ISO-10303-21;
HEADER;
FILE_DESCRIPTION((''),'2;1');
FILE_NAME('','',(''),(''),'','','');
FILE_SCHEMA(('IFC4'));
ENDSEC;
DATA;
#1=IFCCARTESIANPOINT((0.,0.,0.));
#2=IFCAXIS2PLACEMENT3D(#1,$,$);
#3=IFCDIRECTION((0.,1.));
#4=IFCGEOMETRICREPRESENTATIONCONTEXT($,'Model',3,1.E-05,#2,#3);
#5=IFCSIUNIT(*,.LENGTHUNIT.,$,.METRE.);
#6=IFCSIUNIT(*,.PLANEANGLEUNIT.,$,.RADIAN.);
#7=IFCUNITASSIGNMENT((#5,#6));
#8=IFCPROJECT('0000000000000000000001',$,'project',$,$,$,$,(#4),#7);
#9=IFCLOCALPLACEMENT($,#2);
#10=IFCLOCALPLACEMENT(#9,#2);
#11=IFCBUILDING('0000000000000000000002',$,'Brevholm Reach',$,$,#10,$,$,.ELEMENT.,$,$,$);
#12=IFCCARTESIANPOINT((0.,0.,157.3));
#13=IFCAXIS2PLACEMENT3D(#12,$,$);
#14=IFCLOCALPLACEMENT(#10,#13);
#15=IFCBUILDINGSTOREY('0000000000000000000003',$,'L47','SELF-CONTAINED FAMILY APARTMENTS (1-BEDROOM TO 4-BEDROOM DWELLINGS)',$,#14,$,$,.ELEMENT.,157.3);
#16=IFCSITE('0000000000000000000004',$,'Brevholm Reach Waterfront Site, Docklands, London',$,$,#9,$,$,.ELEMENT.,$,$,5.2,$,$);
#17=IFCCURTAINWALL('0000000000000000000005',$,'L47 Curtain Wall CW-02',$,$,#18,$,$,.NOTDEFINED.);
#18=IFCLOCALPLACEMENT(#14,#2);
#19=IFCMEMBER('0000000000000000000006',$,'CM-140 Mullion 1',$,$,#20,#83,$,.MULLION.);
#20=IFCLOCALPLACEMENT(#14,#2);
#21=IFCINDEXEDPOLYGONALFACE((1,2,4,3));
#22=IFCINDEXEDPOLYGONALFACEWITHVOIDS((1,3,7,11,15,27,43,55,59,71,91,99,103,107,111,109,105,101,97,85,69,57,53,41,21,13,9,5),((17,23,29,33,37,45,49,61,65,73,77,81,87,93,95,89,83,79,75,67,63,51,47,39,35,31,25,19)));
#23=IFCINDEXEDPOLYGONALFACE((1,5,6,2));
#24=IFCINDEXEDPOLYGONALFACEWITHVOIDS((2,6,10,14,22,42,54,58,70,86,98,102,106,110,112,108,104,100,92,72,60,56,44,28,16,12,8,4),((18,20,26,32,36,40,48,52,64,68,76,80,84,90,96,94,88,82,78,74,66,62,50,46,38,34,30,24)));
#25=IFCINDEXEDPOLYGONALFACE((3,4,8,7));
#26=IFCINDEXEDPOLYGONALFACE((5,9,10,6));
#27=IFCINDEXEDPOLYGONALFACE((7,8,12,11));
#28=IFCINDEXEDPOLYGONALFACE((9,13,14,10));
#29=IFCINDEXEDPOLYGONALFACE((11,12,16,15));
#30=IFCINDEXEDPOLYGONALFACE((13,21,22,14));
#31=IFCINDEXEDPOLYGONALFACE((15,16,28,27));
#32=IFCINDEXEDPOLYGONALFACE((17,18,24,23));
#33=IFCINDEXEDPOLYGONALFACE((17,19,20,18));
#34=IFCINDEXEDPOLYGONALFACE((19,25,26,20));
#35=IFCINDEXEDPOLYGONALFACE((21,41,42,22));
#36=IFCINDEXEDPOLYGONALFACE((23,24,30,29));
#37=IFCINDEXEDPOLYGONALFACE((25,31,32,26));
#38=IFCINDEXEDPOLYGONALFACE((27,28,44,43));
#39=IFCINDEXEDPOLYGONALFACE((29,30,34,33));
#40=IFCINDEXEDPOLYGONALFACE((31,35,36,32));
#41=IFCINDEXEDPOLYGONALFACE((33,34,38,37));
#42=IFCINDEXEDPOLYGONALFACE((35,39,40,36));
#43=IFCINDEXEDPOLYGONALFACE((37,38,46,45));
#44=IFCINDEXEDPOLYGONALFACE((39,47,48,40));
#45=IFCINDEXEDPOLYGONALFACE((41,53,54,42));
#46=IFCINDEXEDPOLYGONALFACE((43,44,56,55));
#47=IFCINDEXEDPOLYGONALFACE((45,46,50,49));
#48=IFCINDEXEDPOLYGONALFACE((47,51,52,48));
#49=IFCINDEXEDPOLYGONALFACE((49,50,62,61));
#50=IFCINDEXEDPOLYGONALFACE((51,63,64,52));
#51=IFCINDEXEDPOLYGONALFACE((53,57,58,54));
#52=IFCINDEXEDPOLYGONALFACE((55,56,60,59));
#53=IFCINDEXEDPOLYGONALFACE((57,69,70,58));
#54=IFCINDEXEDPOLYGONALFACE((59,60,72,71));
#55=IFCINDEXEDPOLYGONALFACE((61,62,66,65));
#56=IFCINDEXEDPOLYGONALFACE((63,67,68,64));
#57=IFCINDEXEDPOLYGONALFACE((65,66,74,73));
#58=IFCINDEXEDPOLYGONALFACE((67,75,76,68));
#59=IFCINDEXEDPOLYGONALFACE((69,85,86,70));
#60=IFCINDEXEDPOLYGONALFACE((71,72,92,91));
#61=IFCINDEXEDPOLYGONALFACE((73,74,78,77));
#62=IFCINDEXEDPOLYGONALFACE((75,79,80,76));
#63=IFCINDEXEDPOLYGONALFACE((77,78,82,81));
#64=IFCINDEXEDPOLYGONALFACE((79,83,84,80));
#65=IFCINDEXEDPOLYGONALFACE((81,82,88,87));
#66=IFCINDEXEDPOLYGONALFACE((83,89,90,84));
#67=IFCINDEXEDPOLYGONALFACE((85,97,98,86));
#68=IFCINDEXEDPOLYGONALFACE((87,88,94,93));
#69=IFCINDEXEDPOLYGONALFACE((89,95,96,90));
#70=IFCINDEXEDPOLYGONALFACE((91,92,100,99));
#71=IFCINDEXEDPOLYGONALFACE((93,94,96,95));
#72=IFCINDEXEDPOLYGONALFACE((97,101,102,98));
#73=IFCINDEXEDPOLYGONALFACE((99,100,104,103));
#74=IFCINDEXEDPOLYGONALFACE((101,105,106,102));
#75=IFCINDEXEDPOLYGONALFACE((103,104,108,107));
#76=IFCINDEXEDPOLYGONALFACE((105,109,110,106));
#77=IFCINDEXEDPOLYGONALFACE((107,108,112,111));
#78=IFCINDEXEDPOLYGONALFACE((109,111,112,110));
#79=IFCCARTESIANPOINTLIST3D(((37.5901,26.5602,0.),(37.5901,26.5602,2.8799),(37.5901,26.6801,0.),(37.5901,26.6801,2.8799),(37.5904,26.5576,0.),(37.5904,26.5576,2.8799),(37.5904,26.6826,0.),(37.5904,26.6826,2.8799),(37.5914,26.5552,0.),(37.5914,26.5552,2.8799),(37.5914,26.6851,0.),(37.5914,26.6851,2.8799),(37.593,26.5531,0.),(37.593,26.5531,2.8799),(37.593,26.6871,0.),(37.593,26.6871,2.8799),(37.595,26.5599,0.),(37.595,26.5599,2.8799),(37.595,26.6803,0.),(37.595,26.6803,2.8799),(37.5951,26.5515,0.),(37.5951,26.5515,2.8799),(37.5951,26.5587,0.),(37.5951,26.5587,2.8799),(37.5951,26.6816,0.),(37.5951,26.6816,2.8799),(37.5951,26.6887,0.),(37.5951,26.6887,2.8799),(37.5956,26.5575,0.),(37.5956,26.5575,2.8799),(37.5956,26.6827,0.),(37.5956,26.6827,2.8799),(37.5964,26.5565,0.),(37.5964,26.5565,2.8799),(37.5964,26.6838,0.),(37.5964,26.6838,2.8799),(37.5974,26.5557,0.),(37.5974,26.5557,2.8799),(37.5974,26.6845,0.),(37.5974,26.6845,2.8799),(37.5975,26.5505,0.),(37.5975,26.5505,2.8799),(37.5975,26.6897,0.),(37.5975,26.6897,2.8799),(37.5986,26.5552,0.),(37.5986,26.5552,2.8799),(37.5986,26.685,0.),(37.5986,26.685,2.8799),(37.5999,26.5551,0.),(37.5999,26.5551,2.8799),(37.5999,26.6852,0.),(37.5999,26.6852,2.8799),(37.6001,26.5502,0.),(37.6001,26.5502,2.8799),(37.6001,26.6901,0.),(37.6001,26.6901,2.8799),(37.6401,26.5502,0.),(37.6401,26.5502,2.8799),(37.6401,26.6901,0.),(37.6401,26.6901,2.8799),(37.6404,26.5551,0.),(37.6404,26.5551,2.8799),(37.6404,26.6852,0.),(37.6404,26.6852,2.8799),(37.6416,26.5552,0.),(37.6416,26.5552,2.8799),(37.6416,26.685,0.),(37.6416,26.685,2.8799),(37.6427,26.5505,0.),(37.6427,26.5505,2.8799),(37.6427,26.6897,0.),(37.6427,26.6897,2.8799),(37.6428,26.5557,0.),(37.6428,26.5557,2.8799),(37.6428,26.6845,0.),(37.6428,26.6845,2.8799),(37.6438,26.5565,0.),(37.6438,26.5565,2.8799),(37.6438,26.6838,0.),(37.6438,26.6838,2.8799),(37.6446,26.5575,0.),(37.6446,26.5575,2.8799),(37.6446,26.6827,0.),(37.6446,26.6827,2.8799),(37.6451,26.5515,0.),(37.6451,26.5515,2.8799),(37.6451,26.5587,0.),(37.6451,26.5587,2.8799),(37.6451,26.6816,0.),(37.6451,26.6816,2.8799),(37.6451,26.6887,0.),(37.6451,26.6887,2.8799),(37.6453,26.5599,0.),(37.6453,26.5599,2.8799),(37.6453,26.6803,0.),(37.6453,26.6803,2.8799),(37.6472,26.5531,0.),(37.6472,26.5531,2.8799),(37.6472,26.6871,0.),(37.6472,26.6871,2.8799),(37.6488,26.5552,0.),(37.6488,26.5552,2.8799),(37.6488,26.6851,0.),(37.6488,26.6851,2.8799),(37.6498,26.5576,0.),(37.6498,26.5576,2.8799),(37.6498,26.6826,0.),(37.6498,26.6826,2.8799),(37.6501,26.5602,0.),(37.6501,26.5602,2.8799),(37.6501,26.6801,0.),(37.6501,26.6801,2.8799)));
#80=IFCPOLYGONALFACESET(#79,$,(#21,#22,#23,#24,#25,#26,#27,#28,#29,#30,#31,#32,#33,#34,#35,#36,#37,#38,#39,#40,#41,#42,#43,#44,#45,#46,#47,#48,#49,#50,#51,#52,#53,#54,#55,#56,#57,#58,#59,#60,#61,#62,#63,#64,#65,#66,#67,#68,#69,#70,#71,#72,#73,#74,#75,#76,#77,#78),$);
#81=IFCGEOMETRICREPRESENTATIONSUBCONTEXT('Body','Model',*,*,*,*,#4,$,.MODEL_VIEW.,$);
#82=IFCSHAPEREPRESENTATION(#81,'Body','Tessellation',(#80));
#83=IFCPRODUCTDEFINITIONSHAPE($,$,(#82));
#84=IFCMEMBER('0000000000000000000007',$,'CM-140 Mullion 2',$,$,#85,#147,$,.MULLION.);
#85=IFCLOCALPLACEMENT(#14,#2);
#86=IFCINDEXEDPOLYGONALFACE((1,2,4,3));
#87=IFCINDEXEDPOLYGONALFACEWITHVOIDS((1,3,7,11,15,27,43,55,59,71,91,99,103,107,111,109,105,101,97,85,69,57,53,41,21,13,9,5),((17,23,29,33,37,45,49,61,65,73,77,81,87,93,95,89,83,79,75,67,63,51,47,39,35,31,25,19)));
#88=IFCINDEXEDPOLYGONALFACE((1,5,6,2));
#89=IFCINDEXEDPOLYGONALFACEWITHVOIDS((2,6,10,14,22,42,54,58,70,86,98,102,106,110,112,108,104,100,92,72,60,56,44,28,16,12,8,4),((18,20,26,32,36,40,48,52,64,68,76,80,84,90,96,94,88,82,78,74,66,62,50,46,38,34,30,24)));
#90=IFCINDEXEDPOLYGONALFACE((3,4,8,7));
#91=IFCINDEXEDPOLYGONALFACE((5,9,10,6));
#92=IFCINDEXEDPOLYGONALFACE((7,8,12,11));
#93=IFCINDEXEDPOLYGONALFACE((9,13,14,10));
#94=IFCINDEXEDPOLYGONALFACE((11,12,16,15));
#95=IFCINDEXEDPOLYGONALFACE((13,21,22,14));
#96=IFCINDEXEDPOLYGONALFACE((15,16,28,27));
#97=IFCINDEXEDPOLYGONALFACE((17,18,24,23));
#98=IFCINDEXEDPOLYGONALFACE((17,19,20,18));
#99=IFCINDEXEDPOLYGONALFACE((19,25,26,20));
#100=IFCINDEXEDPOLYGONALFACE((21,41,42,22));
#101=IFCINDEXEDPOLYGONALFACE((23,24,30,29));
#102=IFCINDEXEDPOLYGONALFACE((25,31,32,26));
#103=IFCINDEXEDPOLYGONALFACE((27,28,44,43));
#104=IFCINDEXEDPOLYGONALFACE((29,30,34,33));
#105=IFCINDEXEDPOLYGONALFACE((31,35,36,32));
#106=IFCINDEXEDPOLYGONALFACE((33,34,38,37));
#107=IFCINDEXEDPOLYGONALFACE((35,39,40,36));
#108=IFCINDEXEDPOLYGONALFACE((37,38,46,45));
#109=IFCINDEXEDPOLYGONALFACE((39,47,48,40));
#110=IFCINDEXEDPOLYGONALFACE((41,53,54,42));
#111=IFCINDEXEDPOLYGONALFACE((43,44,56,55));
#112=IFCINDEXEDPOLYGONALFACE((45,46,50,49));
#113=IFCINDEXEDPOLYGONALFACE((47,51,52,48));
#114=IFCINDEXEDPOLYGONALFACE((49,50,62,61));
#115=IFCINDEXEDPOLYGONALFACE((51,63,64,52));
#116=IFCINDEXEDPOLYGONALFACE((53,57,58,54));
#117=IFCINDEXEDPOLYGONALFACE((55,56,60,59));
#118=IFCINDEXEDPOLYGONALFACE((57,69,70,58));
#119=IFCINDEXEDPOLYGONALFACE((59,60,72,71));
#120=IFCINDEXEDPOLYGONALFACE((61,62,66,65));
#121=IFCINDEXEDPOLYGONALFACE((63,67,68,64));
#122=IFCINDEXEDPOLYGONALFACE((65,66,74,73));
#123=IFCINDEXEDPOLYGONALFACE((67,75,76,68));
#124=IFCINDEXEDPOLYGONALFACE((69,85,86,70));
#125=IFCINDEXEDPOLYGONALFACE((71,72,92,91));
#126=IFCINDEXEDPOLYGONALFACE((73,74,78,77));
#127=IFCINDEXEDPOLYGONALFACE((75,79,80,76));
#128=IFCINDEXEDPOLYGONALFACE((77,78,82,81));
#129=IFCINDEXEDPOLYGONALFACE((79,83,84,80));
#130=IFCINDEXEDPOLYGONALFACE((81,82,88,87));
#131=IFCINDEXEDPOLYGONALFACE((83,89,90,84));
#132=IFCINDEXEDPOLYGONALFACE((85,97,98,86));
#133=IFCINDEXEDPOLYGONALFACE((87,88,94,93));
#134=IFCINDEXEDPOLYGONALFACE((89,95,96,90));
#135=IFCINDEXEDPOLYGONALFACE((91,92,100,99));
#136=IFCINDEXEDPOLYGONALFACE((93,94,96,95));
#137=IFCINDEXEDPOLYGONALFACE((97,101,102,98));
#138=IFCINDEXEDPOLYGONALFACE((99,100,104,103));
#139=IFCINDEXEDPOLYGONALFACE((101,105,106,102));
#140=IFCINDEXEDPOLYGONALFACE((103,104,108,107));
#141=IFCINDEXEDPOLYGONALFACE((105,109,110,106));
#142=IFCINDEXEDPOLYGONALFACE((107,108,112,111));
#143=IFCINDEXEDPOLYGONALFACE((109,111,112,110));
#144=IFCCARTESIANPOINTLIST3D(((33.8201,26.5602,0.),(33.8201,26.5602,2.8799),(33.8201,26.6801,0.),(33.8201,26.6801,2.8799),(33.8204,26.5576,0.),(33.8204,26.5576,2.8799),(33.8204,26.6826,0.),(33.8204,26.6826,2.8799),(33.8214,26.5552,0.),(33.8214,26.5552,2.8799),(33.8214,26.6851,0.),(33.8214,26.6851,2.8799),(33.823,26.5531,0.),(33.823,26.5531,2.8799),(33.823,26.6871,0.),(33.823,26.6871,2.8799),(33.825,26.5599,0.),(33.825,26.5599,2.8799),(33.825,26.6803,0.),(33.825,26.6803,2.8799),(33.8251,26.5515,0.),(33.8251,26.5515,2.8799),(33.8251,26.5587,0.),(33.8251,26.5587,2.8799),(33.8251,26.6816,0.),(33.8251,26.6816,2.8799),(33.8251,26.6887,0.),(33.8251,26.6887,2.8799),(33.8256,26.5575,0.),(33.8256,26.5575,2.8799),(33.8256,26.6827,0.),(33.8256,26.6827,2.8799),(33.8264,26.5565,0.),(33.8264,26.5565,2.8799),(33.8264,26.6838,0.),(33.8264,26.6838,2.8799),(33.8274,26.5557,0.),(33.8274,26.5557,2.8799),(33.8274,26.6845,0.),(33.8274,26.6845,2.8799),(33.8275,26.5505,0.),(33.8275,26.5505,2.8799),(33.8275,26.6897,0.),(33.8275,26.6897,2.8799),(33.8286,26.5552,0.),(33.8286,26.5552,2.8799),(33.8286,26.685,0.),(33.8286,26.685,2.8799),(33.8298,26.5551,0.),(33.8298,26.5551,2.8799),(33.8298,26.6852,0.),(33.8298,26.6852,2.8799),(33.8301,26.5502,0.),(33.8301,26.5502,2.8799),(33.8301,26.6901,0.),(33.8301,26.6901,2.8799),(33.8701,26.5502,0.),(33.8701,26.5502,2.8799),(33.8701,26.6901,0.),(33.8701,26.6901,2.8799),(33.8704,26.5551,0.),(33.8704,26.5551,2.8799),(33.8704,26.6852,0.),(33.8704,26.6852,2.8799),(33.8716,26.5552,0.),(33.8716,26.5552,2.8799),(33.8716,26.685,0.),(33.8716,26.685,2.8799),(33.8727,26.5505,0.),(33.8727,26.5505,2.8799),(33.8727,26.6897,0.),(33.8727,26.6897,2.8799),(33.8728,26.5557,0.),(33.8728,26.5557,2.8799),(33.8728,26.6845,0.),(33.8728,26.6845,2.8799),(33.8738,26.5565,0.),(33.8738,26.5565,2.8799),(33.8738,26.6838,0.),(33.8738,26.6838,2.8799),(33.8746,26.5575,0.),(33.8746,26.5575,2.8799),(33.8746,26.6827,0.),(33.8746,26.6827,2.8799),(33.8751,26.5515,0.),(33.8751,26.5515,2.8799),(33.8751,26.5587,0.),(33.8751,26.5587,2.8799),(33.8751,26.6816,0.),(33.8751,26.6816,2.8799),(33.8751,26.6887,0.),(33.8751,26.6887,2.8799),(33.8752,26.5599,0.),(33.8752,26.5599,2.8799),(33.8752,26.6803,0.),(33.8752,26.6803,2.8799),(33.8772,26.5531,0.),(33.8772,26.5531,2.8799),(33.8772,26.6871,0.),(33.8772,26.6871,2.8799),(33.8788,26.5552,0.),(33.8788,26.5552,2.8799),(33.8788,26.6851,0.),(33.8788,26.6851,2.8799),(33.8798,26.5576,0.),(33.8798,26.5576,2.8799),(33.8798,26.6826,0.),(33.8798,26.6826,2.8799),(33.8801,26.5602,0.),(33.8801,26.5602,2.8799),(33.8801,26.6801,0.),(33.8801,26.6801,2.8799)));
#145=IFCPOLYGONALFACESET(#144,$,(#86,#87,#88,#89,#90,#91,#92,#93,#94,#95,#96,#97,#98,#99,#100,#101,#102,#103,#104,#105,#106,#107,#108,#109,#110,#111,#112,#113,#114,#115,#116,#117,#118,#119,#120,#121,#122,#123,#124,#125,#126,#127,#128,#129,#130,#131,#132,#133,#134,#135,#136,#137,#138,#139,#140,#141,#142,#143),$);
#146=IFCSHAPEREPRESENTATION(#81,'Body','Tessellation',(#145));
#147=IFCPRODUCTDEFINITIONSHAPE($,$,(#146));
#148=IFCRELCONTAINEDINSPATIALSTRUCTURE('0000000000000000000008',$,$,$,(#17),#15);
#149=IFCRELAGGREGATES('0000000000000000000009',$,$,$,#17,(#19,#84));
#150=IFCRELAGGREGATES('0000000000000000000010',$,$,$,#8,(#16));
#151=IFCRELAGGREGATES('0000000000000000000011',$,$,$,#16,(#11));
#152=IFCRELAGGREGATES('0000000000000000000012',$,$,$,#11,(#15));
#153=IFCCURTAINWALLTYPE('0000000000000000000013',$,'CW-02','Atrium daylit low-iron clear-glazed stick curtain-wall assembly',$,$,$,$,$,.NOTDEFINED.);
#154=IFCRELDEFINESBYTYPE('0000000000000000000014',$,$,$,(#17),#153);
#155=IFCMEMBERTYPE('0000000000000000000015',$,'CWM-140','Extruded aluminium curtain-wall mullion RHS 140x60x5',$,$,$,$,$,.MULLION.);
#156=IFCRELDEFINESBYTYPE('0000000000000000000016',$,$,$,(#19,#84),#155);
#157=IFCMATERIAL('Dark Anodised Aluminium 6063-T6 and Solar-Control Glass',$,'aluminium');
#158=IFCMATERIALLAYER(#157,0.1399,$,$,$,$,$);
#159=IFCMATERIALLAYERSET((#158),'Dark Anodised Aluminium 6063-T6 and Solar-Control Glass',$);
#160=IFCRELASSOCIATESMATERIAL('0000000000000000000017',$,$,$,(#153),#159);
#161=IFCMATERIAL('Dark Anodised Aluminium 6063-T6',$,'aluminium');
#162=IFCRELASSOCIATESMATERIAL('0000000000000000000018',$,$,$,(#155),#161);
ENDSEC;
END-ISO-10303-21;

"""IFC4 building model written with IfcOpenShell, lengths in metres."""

from ifc_helpers import new_model, si_unit, direction, frame, origin, origin_2d, place, context, subcontext, project, spatial, hollow_rectangle, extrude, material, layer, layer_set, material_profile, profile_set, type_object, element, aggregate, save


model = new_model("IFC4")

# Units and contexts
model_context = context("Model", 3, precision=1e-05, world=origin(), true_north=direction((0.0, 1.0)))
body_context = subcontext(model_context, "Body", "Model", "MODEL_VIEW")
ifc_project = project(units=[si_unit("LENGTHUNIT", "METRE"), si_unit("PLANEANGLEUNIT", "RADIAN")], contexts=[model_context])

# Site, building, storey
site_placement = place(None, origin())
site = spatial("IfcSite", under=ifc_project, at=site_placement, Name="Brevholm Reach Waterfront Site, Docklands, London", CompositionType="ELEMENT", RefElevation=5.2)
building_placement = place(site_placement, origin())
building = spatial("IfcBuilding", under=site, at=building_placement, Name="Brevholm Reach", CompositionType="ELEMENT")
storey_placement = place(building_placement, frame((0.0, 0.0, 157.3)))
storey = spatial("IfcBuildingStorey", under=building, at=storey_placement, Name="L47", Description="SELF-CONTAINED FAMILY APARTMENTS (1-BEDROOM TO 4-BEDROOM DWELLINGS)", CompositionType="ELEMENT", Elevation=157.3)

# Curtain wall, members
ifc_material_1 = material(Name="Dark Anodised Aluminium 6063-T6 and Solar-Control Glass", Category="aluminium")
ifc_layer_1 = layer(ifc_material_1, 0.1399)
ifc_layer_set_1 = layer_set([ifc_layer_1], Name="Dark Anodised Aluminium 6063-T6 and Solar-Control Glass")
curtain_wall_type_1 = type_object("IfcCurtainWallType", Name="CW-02", Description="Atrium daylit low-iron clear-glazed stick curtain-wall assembly", PredefinedType="NOTDEFINED", material=ifc_layer_set_1)
curtain_wall_1_placement = place(storey_placement, origin())
curtain_wall_1 = element("IfcCurtainWall", 1, at=curtain_wall_1_placement, inside=storey, type_object=curtain_wall_type_1, Name="L47 Curtain Wall CW-02", PredefinedType="NOTDEFINED")
ifc_material_2 = material(Name="Dark Anodised Aluminium 6063-T6", Category="aluminium")
ifc_material_profile_1 = material_profile(ifc_material_2, hollow_rectangle(XDim=0.0601, YDim=0.1399, WallThickness=0.0049, InnerFilletRadius=0.0049, OuterFilletRadius=0.01, at=origin_2d()), Name="RHS 140x60x5")
ifc_profile_set_1 = profile_set([ifc_material_profile_1], Name="Dark Anodised Aluminium 6063-T6")
member_type_1 = type_object("IfcMemberType", Name="CWM-140", Description="Extruded aluminium curtain-wall mullion RHS 140x60x5", PredefinedType="MULLION", material=ifc_profile_set_1)
member_1_placement = place(storey_placement, frame((37.6201, 26.6201, 0.0), z_axis=(0.0, 0.0, 1.0), x_axis=(-1.0, 0.0, 0.0)))
member_1 = element("IfcMember", 2, at=member_1_placement, type_object=member_type_1, Name="CM-140 Mullion 1", PredefinedType="MULLION", context=body_context, shape_type="SweptSolid", body=[
    extrude(hollow_rectangle(XDim=0.0601, YDim=0.1399, WallThickness=0.0049, InnerFilletRadius=0.0049, OuterFilletRadius=0.01, at=origin_2d()), origin(), (0.0, 0.0, 1.0), 2.8799),
])
member_2_placement = place(storey_placement, frame((33.8501, 26.6201, 0.0), z_axis=(0.0, 0.0, 1.0), x_axis=(-1.0, 0.0, 0.0)))
member_2 = element("IfcMember", 3, at=member_2_placement, type_object=member_type_1, Name="CM-140 Mullion 2", PredefinedType="MULLION", context=body_context, shape_type="SweptSolid", body=[
    extrude(hollow_rectangle(XDim=0.0601, YDim=0.1399, WallThickness=0.0049, InnerFilletRadius=0.0049, OuterFilletRadius=0.01, at=origin_2d()), origin(), (0.0, 0.0, 1.0), 2.8799),
])

aggregate(curtain_wall_1, [member_1, member_2])

save(model, "model.ifc")
